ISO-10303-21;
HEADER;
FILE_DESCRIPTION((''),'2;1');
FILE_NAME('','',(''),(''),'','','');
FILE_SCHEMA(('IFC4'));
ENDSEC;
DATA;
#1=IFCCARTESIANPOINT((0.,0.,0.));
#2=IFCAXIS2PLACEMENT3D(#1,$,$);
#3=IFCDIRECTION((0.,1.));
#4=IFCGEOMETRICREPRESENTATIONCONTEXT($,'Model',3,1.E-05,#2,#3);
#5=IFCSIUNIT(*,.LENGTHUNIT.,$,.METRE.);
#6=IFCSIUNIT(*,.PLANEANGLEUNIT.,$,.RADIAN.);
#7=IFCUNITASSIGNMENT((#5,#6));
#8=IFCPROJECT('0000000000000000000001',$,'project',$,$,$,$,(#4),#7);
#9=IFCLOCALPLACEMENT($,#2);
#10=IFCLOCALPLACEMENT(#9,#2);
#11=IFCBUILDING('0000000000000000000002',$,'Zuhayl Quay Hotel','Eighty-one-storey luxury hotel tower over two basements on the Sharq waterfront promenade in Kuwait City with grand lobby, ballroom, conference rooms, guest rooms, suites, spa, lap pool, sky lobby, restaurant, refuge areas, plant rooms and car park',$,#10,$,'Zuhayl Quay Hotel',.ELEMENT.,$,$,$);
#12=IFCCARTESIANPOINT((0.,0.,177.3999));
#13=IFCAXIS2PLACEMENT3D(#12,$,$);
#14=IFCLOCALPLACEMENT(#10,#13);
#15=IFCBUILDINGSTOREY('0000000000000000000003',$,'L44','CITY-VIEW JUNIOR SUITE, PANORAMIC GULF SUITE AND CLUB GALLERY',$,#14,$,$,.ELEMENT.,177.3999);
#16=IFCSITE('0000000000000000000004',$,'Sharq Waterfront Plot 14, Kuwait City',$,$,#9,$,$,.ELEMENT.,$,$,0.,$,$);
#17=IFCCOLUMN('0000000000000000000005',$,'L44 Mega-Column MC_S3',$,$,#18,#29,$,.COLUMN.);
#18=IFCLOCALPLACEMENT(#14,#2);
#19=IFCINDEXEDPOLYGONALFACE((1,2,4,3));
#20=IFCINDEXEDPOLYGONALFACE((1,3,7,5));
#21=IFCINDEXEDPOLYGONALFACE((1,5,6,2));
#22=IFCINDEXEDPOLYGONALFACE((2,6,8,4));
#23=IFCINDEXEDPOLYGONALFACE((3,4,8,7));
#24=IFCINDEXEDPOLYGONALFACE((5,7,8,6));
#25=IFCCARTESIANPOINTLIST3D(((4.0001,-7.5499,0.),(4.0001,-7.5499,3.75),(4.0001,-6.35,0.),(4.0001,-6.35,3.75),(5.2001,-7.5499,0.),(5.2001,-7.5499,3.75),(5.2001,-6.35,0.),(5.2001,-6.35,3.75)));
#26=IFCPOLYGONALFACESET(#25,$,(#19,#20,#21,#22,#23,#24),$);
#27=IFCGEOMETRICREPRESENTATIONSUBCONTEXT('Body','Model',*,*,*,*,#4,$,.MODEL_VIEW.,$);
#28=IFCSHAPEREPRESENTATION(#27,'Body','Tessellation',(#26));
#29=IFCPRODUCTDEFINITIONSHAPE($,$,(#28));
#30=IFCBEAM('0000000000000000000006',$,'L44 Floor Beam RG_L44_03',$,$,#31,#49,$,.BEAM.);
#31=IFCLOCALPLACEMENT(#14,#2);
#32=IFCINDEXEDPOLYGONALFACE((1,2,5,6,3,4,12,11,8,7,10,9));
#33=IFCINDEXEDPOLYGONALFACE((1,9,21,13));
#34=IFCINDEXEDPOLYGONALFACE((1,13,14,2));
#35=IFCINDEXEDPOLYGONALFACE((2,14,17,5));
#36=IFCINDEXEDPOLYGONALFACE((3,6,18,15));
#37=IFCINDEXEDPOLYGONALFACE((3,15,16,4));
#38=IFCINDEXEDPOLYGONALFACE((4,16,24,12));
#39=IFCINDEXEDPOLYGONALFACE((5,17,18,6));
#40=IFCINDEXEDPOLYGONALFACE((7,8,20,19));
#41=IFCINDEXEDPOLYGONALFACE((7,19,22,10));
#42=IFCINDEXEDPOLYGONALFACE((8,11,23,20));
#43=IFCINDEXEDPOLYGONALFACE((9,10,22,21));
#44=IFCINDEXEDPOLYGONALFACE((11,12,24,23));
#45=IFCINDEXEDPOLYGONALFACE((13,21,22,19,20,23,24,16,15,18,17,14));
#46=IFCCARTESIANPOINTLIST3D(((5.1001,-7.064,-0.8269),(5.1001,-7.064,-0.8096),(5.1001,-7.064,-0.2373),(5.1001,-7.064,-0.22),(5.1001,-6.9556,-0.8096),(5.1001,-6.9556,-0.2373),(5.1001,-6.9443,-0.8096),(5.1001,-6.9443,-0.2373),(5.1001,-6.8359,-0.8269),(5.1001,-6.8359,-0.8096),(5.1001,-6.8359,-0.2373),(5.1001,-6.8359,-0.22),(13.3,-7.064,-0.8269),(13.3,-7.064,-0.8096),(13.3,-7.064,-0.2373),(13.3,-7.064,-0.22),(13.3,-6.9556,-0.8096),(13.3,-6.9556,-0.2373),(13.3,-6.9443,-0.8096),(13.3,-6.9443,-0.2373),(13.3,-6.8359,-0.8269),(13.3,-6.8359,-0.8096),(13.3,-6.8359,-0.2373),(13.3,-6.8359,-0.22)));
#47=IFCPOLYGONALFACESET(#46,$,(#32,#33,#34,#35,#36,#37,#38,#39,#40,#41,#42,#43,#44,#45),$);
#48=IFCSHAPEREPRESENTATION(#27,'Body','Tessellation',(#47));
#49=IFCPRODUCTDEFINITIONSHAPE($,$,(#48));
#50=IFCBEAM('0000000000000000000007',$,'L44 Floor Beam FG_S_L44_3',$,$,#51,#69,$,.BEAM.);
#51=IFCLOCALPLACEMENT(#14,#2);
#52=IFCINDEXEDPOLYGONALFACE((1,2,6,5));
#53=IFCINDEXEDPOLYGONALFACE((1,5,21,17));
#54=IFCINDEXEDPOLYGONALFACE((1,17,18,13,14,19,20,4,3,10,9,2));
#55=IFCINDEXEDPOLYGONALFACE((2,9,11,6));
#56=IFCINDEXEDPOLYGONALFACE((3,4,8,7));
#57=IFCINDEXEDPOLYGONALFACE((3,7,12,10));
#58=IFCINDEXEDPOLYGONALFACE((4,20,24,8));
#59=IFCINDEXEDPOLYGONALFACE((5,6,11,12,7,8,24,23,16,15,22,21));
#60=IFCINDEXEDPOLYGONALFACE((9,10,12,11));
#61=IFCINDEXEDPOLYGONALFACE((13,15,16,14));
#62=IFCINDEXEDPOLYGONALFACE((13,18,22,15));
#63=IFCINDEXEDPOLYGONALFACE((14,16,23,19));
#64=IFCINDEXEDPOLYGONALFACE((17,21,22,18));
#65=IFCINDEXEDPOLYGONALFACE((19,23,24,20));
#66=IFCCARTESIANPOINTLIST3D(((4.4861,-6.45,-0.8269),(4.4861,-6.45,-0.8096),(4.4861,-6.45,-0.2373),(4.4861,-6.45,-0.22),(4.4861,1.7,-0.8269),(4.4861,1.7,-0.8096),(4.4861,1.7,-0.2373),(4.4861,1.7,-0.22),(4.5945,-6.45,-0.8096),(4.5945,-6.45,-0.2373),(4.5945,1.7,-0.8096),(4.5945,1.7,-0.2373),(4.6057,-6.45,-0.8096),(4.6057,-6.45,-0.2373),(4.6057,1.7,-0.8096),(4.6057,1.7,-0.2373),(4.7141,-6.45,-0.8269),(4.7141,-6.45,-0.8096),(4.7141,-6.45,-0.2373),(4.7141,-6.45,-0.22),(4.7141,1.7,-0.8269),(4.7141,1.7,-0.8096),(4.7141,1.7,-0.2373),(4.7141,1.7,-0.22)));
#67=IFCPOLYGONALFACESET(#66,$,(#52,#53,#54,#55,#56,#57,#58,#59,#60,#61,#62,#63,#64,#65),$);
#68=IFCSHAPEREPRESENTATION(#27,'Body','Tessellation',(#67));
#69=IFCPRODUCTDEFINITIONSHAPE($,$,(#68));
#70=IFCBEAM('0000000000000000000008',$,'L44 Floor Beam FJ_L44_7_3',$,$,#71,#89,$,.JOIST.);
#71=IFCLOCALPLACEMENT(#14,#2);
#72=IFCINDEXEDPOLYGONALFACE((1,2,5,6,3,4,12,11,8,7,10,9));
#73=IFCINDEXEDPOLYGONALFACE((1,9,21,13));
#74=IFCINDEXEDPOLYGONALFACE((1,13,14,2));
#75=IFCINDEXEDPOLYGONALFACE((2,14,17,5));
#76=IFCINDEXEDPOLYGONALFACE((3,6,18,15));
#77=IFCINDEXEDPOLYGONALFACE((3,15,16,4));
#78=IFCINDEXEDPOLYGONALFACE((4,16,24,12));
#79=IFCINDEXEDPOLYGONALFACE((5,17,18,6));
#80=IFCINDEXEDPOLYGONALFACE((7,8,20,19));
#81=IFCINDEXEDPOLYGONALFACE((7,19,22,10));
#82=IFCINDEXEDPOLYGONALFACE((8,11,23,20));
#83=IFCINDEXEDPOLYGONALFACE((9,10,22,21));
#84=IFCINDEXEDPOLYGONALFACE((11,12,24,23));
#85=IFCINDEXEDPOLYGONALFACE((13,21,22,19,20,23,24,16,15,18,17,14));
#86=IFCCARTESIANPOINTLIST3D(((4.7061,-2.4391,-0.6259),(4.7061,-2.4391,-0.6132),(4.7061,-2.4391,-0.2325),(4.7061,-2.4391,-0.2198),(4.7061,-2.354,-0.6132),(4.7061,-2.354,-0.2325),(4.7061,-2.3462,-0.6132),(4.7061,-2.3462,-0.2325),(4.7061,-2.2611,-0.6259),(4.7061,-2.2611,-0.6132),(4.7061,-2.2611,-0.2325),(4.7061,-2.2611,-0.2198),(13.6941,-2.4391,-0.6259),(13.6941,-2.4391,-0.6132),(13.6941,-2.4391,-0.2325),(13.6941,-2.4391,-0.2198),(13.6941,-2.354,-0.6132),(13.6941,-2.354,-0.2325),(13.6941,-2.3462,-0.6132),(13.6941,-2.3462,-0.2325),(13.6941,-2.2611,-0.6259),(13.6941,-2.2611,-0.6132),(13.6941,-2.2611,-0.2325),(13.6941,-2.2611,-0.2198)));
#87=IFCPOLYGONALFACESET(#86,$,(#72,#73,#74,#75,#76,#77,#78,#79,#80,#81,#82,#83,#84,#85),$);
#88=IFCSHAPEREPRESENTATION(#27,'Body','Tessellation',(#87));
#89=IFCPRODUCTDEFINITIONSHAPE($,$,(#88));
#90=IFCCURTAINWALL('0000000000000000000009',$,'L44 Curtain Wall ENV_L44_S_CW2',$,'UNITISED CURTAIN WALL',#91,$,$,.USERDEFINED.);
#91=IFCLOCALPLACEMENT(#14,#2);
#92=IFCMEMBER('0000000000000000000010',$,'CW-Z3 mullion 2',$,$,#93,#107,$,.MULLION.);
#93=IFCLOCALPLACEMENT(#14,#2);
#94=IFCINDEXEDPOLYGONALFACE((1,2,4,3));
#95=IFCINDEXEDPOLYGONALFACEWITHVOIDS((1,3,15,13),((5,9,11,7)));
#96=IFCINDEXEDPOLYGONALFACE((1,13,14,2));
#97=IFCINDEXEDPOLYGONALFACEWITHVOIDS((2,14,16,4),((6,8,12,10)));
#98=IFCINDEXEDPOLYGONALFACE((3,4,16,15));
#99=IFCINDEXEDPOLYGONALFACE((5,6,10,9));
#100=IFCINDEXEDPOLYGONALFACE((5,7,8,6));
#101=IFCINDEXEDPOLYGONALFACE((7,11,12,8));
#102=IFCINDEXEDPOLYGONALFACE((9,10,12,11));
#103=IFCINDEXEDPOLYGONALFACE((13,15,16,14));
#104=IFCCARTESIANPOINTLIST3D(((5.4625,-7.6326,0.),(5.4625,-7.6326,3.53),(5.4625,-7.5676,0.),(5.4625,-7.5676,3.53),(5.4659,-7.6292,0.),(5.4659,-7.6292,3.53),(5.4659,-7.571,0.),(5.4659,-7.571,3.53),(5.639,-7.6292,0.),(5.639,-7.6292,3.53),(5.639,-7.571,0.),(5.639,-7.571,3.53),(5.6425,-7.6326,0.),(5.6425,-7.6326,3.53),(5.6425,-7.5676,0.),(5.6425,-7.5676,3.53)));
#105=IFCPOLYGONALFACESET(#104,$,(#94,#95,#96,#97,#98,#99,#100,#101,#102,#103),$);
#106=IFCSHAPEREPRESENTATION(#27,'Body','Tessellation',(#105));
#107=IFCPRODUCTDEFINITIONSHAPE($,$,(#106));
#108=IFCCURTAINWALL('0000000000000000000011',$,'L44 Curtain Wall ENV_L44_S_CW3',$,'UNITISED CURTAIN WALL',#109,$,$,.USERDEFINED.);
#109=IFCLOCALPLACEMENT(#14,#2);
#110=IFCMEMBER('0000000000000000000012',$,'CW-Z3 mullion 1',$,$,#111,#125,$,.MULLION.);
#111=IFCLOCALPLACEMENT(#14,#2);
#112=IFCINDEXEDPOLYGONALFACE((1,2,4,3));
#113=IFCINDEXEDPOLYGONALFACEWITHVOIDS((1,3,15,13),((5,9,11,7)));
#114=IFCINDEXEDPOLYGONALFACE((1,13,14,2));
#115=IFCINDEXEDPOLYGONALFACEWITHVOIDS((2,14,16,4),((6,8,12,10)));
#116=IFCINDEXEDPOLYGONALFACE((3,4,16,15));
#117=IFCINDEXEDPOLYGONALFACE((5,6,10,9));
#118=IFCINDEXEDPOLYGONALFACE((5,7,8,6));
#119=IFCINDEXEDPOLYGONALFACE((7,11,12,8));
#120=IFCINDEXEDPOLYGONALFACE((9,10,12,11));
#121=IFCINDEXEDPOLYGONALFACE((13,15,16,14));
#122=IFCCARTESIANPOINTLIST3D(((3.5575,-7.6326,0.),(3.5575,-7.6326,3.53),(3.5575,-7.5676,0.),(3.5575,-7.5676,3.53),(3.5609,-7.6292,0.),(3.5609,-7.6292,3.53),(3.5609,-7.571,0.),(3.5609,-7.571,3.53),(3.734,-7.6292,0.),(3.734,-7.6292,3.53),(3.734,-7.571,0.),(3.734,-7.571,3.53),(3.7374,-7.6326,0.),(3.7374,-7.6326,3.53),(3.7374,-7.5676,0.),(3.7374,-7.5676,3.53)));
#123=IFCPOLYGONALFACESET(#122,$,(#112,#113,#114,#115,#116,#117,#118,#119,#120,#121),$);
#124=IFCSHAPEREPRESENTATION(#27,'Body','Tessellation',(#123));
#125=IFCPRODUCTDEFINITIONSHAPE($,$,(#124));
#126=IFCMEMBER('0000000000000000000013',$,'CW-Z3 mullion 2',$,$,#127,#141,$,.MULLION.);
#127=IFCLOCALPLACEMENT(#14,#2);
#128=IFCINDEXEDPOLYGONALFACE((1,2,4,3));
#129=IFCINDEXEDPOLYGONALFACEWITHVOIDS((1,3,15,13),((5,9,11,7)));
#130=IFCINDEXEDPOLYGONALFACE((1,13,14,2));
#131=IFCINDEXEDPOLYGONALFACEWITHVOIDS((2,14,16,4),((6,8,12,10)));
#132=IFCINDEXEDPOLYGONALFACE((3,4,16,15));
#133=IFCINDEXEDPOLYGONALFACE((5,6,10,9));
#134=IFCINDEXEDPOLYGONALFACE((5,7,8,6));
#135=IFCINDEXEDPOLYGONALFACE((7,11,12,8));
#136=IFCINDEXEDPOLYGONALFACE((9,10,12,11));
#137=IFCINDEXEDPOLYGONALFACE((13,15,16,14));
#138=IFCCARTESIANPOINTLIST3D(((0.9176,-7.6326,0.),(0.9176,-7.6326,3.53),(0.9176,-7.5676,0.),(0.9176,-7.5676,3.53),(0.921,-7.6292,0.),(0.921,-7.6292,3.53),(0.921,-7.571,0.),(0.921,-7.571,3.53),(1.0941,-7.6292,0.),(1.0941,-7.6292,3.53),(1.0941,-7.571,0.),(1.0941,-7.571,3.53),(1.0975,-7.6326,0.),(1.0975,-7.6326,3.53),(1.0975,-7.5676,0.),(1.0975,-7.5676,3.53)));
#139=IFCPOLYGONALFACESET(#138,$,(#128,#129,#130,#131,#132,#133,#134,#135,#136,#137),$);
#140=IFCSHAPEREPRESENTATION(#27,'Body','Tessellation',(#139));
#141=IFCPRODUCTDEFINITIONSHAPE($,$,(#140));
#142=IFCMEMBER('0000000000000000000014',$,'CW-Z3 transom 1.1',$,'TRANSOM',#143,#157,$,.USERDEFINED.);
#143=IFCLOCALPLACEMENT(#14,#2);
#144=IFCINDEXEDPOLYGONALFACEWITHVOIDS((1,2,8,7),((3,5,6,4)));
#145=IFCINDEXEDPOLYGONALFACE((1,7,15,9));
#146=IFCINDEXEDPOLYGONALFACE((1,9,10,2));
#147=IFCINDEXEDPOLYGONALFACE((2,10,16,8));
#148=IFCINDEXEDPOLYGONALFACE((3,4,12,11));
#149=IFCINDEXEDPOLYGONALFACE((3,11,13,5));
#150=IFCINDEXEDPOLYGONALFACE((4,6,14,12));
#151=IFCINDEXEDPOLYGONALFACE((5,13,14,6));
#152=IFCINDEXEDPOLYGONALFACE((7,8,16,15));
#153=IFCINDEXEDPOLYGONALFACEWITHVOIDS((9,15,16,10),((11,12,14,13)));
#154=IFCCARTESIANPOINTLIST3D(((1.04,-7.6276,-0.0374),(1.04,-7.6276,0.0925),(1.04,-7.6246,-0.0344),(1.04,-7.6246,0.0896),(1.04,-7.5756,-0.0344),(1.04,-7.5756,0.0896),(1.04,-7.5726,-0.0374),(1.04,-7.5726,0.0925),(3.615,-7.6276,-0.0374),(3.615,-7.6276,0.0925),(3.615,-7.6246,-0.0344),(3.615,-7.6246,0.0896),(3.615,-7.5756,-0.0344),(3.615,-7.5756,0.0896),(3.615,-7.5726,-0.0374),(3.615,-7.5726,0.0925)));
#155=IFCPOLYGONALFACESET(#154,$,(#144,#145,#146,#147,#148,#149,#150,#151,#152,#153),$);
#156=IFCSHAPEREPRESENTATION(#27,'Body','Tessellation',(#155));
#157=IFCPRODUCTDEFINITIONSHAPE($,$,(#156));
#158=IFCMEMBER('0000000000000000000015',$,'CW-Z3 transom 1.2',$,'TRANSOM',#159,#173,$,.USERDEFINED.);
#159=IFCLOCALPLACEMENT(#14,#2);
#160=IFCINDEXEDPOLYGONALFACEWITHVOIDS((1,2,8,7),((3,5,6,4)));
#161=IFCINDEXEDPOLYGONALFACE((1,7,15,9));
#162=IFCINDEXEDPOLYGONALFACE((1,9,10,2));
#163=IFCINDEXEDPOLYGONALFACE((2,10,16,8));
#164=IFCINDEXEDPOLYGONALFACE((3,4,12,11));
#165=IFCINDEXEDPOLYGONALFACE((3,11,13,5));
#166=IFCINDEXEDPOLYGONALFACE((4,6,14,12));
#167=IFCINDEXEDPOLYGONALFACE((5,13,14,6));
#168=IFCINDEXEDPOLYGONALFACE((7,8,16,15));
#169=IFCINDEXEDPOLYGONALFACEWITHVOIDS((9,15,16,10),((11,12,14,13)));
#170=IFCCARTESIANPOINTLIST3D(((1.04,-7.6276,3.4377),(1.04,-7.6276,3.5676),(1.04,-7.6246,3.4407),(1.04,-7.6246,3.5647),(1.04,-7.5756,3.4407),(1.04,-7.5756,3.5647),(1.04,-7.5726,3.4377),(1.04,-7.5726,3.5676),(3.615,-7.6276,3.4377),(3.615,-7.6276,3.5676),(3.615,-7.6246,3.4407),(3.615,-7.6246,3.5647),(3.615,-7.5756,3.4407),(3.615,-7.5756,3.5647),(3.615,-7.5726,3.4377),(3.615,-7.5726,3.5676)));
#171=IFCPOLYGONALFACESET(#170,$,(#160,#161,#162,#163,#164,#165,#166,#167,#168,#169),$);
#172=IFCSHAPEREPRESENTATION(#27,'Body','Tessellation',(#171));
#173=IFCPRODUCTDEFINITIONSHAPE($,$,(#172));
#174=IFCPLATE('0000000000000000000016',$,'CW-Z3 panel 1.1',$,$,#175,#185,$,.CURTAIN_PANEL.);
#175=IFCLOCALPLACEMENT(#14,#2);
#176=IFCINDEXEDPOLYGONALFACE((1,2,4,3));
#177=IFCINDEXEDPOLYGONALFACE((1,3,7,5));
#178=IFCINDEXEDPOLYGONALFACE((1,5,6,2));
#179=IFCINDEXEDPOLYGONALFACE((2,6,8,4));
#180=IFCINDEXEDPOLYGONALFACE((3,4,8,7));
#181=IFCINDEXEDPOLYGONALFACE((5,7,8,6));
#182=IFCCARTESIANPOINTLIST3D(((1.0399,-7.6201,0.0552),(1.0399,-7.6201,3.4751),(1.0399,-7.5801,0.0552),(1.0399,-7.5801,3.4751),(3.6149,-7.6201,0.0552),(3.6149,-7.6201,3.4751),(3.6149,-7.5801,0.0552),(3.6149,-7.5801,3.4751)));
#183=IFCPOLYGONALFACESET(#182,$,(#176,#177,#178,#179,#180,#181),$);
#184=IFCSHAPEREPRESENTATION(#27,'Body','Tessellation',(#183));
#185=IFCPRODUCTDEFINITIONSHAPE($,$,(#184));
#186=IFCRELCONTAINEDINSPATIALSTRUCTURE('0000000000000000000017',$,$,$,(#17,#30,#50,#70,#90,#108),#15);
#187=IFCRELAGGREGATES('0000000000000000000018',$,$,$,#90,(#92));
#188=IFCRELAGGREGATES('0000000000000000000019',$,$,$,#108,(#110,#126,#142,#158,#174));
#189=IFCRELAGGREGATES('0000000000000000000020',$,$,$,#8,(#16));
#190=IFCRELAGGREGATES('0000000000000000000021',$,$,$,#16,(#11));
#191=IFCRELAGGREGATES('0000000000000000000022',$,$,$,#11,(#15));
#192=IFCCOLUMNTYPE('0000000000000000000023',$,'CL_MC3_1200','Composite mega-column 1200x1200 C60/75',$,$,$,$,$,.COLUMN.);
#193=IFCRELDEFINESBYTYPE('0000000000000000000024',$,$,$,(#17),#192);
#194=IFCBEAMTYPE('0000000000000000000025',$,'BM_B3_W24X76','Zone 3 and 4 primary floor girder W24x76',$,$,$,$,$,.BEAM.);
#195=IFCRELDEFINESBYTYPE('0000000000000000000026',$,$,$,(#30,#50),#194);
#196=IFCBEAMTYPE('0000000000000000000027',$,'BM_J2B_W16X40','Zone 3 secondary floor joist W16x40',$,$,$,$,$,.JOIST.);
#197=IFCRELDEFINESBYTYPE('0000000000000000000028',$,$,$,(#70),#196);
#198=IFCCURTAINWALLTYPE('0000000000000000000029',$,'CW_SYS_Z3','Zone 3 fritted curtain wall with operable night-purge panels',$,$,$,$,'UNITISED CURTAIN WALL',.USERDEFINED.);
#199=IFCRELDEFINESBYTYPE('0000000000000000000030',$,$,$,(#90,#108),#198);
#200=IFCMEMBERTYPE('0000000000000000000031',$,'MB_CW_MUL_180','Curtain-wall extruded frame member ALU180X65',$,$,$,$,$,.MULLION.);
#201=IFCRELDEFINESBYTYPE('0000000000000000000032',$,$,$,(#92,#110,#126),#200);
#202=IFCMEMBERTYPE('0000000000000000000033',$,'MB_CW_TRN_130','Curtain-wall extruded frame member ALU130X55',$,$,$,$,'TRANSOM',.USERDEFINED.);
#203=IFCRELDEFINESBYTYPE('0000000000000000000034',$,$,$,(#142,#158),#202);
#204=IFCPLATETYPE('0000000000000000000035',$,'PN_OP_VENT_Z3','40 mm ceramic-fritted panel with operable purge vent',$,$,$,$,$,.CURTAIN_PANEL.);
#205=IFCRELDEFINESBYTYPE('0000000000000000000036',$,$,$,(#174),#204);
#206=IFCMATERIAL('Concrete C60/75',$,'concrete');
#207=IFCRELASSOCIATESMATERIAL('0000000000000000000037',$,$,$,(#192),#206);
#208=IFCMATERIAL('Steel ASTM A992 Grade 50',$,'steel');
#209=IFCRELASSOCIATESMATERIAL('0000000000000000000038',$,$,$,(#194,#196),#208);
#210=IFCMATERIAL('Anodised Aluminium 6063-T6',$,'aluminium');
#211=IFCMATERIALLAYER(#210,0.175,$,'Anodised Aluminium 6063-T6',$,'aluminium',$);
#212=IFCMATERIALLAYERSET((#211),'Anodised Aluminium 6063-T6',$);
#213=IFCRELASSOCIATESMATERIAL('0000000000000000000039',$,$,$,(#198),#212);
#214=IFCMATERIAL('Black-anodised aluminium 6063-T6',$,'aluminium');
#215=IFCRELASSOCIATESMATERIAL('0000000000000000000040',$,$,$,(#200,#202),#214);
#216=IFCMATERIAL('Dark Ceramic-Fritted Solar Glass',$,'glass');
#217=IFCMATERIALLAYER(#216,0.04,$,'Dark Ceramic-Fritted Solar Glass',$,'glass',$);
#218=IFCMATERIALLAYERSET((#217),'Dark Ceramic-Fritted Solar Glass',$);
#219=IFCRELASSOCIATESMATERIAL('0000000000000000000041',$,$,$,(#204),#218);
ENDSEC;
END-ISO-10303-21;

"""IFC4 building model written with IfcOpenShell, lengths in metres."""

from ifc_helpers import new_model, si_unit, direction, frame, origin, origin_2d, place, context, subcontext, project, spatial, rectangle, hollow_rectangle, i_section, extrude, material, layer, layer_set, material_profile, profile_set, type_object, element, aggregate, save


model = new_model("IFC4")

# Units and contexts
model_context = context("Model", 3, precision=1e-05, world=origin(), true_north=direction((0.0, 1.0)))
body_context = subcontext(model_context, "Body", "Model", "MODEL_VIEW")
ifc_project = project(units=[si_unit("LENGTHUNIT", "METRE"), si_unit("PLANEANGLEUNIT", "RADIAN")], contexts=[model_context])

# Site, building, storey
site_placement = place(None, origin())
site = spatial("IfcSite", under=ifc_project, at=site_placement, Name="Sharq Waterfront Plot 14, Kuwait City", CompositionType="ELEMENT", RefElevation=0.0)
building_placement = place(site_placement, origin())
building = spatial("IfcBuilding", under=site, at=building_placement, Name="Zuhayl Quay Hotel", Description="Eighty-one-storey luxury hotel tower over two basements on the Sharq waterfront promenade in Kuwait City with grand lobby, ballroom, conference rooms, guest rooms, suites, spa, lap pool, sky lobby, restaurant, refuge areas, plant rooms and car park", LongName="Zuhayl Quay Hotel", CompositionType="ELEMENT")
storey_placement = place(building_placement, frame((0.0, 0.0, 177.3999)))
storey = spatial("IfcBuildingStorey", under=building, at=storey_placement, Name="L44", Description="CITY-VIEW JUNIOR SUITE, PANORAMIC GULF SUITE AND CLUB GALLERY", CompositionType="ELEMENT", Elevation=177.3999)

# Column
ifc_material_1 = material(Name="Concrete C60/75", Category="concrete")
ifc_material_profile_1 = material_profile(ifc_material_1, rectangle(XDim=1.2, YDim=1.2, at=origin_2d()), Name="RC1200X1200")
ifc_profile_set_1 = profile_set([ifc_material_profile_1], Name="Concrete C60/75")
column_type = type_object("IfcColumnType", Name="CL_MC3_1200", Description="Composite mega-column 1200x1200 C60/75", PredefinedType="COLUMN", material=ifc_profile_set_1)
column_placement = place(storey_placement, frame((4.6001, -6.95, 0.0), z_axis=(0.0, 0.0, 1.0), x_axis=(1.0, 0.0, 0.0)))
element("IfcColumn", 1, at=column_placement, inside=storey, type_object=column_type, Name="L44 Mega-Column MC_S3", PredefinedType="COLUMN", context=body_context, shape_type="SweptSolid", body=[
    extrude(rectangle(XDim=1.2, YDim=1.2, at=origin_2d()), origin(), (0.0, 0.0, 1.0), 3.75),
])

# Beams
ifc_material_2 = material(Name="Steel ASTM A992 Grade 50", Category="steel")
ifc_material_profile_2 = material_profile(ifc_material_2, i_section(OverallWidth=0.228, OverallDepth=0.6069, WebThickness=0.0112, FlangeThickness=0.0173, at=origin_2d()), Name="W24X76")
ifc_profile_set_2 = profile_set([ifc_material_profile_2], Name="Steel ASTM A992 Grade 50")
beam_type_1 = type_object("IfcBeamType", Name="BM_B3_W24X76", Description="Zone 3 and 4 primary floor girder W24x76", PredefinedType="BEAM", material=ifc_profile_set_2)
beam_1_placement = place(storey_placement, frame((5.1001, -6.95, -0.5234), z_axis=(1.0, 0.0, 0.0), x_axis=(0.0, 1.0, 0.0)))
element("IfcBeam", 2, at=beam_1_placement, inside=storey, type_object=beam_type_1, Name="L44 Floor Beam RG_L44_03", PredefinedType="BEAM", context=body_context, shape_type="SweptSolid", body=[
    extrude(i_section(OverallWidth=0.228, OverallDepth=0.6069, WebThickness=0.0112, FlangeThickness=0.0173, at=origin_2d()), origin(), (0.0, 0.0, 1.0), 8.2),
])
beam_2_placement = place(storey_placement, frame((4.6001, -6.45, -0.5234), z_axis=(0.0, 1.0, 0.0), x_axis=(-1.0, 0.0, 0.0)))
element("IfcBeam", 3, at=beam_2_placement, inside=storey, type_object=beam_type_1, Name="L44 Floor Beam FG_S_L44_3", PredefinedType="BEAM", context=body_context, shape_type="SweptSolid", body=[
    extrude(i_section(OverallWidth=0.228, OverallDepth=0.6069, WebThickness=0.0112, FlangeThickness=0.0173, at=origin_2d()), origin(), (0.0, 0.0, 1.0), 8.1499),
])
ifc_material_profile_3 = material_profile(ifc_material_2, i_section(OverallWidth=0.178, OverallDepth=0.406, WebThickness=0.0078, FlangeThickness=0.0127, at=origin_2d()), Name="W16X40")
ifc_profile_set_3 = profile_set([ifc_material_profile_3], Name="Steel ASTM A992 Grade 50")
beam_type_2 = type_object("IfcBeamType", Name="BM_J2B_W16X40", Description="Zone 3 secondary floor joist W16x40", PredefinedType="JOIST", material=ifc_profile_set_3)
beam_3_placement = place(storey_placement, frame((4.7061, -2.3501, -0.4229), z_axis=(1.0, 0.0, 0.0), x_axis=(0.0, 1.0, 0.0)))
element("IfcBeam", 4, at=beam_3_placement, inside=storey, type_object=beam_type_2, Name="L44 Floor Beam FJ_L44_7_3", PredefinedType="JOIST", context=body_context, shape_type="SweptSolid", body=[
    extrude(i_section(OverallWidth=0.178, OverallDepth=0.406, WebThickness=0.0078, FlangeThickness=0.0127, at=origin_2d()), origin(), (0.0, 0.0, 1.0), 8.988),
])

# Curtain wall, member
ifc_material_3 = material(Name="Anodised Aluminium 6063-T6", Category="aluminium")
ifc_layer_1 = layer(ifc_material_3, 0.175, Name="Anodised Aluminium 6063-T6", Category="aluminium")
ifc_layer_set_1 = layer_set([ifc_layer_1], Name="Anodised Aluminium 6063-T6")
curtain_wall_type = type_object("IfcCurtainWallType", Name="CW_SYS_Z3", Description="Zone 3 fritted curtain wall with operable night-purge panels", ElementType="UNITISED CURTAIN WALL", PredefinedType="USERDEFINED", material=ifc_layer_set_1)
curtain_wall_1_placement = place(storey_placement, origin())
curtain_wall_1 = element("IfcCurtainWall", 5, at=curtain_wall_1_placement, inside=storey, type_object=curtain_wall_type, Name="L44 Curtain Wall ENV_L44_S_CW2", ObjectType="UNITISED CURTAIN WALL", PredefinedType="USERDEFINED")
ifc_material_4 = material(Name="Black-anodised aluminium 6063-T6", Category="aluminium")
ifc_material_profile_4 = material_profile(ifc_material_4, hollow_rectangle(XDim=0.0649, YDim=0.1799, WallThickness=0.0034, at=origin_2d()), Name="ALU180X65")
ifc_profile_set_4 = profile_set([ifc_material_profile_4], Name="Black-anodised aluminium 6063-T6")
member_type_1 = type_object("IfcMemberType", Name="MB_CW_MUL_180", Description="Curtain-wall extruded frame member ALU180X65", PredefinedType="MULLION", material=ifc_profile_set_4)
member_1_placement = place(storey_placement, frame((5.5525, -7.6001, 0.0), z_axis=(0.0, 0.0, 1.0), x_axis=(0.0, -1.0, 0.0)))
member_1 = element("IfcMember", 6, at=member_1_placement, type_object=member_type_1, Name="CW-Z3 mullion 2", PredefinedType="MULLION", context=body_context, shape_type="SweptSolid", body=[
    extrude(hollow_rectangle(XDim=0.0649, YDim=0.1799, WallThickness=0.0034, at=origin_2d()), origin(), (0.0, 0.0, 1.0), 3.53),
])
aggregate(curtain_wall_1, [member_1])

# Curtain wall, members, plate
curtain_wall_2_placement = place(storey_placement, origin())
curtain_wall_2 = element("IfcCurtainWall", 7, at=curtain_wall_2_placement, inside=storey, type_object=curtain_wall_type, Name="L44 Curtain Wall ENV_L44_S_CW3", ObjectType="UNITISED CURTAIN WALL", PredefinedType="USERDEFINED")
member_2_placement = place(storey_placement, frame((3.6475, -7.6001, 0.0), z_axis=(0.0, 0.0, 1.0), x_axis=(0.0, -1.0, 0.0)))
member_2 = element("IfcMember", 8, at=member_2_placement, type_object=member_type_1, Name="CW-Z3 mullion 1", PredefinedType="MULLION", context=body_context, shape_type="SweptSolid", body=[
    extrude(hollow_rectangle(XDim=0.0649, YDim=0.1799, WallThickness=0.0034, at=origin_2d()), origin(), (0.0, 0.0, 1.0), 3.53),
])
member_3_placement = place(storey_placement, frame((1.0076, -7.6001, 0.0), z_axis=(0.0, 0.0, 1.0), x_axis=(0.0, -1.0, 0.0)))
member_3 = element("IfcMember", 9, at=member_3_placement, type_object=member_type_1, Name="CW-Z3 mullion 2", PredefinedType="MULLION", context=body_context, shape_type="SweptSolid", body=[
    extrude(hollow_rectangle(XDim=0.0649, YDim=0.1799, WallThickness=0.0034, at=origin_2d()), origin(), (0.0, 0.0, 1.0), 3.53),
])
ifc_material_profile_5 = material_profile(ifc_material_4, hollow_rectangle(XDim=0.0549, YDim=0.1299, WallThickness=0.0029, at=origin_2d()), Name="ALU130X55")
ifc_profile_set_5 = profile_set([ifc_material_profile_5], Name="Black-anodised aluminium 6063-T6")
member_type_2 = type_object("IfcMemberType", Name="MB_CW_TRN_130", Description="Curtain-wall extruded frame member ALU130X55", ElementType="TRANSOM", PredefinedType="USERDEFINED", material=ifc_profile_set_5)
member_4_placement = place(storey_placement, frame((3.615, -7.6001, 0.0276), z_axis=(-1.0, 0.0, 0.0), x_axis=(0.0, -1.0, 0.0)))
member_4 = element("IfcMember", 10, at=member_4_placement, type_object=member_type_2, Name="CW-Z3 transom 1.1", ObjectType="TRANSOM", PredefinedType="USERDEFINED", context=body_context, shape_type="SweptSolid", body=[
    extrude(hollow_rectangle(XDim=0.0549, YDim=0.1299, WallThickness=0.0029, at=origin_2d()), origin(), (0.0, 0.0, 1.0), 2.575),
])
member_5_placement = place(storey_placement, frame((3.615, -7.6001, 3.5027), z_axis=(-1.0, 0.0, 0.0), x_axis=(0.0, -1.0, 0.0)))
member_5 = element("IfcMember", 11, at=member_5_placement, type_object=member_type_2, Name="CW-Z3 transom 1.2", ObjectType="TRANSOM", PredefinedType="USERDEFINED", context=body_context, shape_type="SweptSolid", body=[
    extrude(hollow_rectangle(XDim=0.0549, YDim=0.1299, WallThickness=0.0029, at=origin_2d()), origin(), (0.0, 0.0, 1.0), 2.575),
])
ifc_material_5 = material(Name="Dark Ceramic-Fritted Solar Glass", Category="glass")
ifc_layer_2 = layer(ifc_material_5, 0.04, Name="Dark Ceramic-Fritted Solar Glass", Category="glass")
ifc_layer_set_2 = layer_set([ifc_layer_2], Name="Dark Ceramic-Fritted Solar Glass")
plate_type = type_object("IfcPlateType", Name="PN_OP_VENT_Z3", Description="40 mm ceramic-fritted panel with operable purge vent", PredefinedType="CURTAIN_PANEL", material=ifc_layer_set_2)
plate_placement = place(storey_placement, frame((2.3274, -7.6001, 0.0552), z_axis=(0.0, 0.0, 1.0), x_axis=(-1.0, 0.0, 0.0)))
plate = element("IfcPlate", 12, at=plate_placement, type_object=plate_type, Name="CW-Z3 panel 1.1", PredefinedType="CURTAIN_PANEL", context=body_context, shape_type="SweptSolid", body=[
    extrude(rectangle(XDim=2.575, YDim=0.04, at=origin_2d()), origin(), (0.0, 0.0, 1.0), 3.4199),
])
aggregate(curtain_wall_2, [member_2, member_3, member_4, member_5, plate])

save(model, "model.ifc")
